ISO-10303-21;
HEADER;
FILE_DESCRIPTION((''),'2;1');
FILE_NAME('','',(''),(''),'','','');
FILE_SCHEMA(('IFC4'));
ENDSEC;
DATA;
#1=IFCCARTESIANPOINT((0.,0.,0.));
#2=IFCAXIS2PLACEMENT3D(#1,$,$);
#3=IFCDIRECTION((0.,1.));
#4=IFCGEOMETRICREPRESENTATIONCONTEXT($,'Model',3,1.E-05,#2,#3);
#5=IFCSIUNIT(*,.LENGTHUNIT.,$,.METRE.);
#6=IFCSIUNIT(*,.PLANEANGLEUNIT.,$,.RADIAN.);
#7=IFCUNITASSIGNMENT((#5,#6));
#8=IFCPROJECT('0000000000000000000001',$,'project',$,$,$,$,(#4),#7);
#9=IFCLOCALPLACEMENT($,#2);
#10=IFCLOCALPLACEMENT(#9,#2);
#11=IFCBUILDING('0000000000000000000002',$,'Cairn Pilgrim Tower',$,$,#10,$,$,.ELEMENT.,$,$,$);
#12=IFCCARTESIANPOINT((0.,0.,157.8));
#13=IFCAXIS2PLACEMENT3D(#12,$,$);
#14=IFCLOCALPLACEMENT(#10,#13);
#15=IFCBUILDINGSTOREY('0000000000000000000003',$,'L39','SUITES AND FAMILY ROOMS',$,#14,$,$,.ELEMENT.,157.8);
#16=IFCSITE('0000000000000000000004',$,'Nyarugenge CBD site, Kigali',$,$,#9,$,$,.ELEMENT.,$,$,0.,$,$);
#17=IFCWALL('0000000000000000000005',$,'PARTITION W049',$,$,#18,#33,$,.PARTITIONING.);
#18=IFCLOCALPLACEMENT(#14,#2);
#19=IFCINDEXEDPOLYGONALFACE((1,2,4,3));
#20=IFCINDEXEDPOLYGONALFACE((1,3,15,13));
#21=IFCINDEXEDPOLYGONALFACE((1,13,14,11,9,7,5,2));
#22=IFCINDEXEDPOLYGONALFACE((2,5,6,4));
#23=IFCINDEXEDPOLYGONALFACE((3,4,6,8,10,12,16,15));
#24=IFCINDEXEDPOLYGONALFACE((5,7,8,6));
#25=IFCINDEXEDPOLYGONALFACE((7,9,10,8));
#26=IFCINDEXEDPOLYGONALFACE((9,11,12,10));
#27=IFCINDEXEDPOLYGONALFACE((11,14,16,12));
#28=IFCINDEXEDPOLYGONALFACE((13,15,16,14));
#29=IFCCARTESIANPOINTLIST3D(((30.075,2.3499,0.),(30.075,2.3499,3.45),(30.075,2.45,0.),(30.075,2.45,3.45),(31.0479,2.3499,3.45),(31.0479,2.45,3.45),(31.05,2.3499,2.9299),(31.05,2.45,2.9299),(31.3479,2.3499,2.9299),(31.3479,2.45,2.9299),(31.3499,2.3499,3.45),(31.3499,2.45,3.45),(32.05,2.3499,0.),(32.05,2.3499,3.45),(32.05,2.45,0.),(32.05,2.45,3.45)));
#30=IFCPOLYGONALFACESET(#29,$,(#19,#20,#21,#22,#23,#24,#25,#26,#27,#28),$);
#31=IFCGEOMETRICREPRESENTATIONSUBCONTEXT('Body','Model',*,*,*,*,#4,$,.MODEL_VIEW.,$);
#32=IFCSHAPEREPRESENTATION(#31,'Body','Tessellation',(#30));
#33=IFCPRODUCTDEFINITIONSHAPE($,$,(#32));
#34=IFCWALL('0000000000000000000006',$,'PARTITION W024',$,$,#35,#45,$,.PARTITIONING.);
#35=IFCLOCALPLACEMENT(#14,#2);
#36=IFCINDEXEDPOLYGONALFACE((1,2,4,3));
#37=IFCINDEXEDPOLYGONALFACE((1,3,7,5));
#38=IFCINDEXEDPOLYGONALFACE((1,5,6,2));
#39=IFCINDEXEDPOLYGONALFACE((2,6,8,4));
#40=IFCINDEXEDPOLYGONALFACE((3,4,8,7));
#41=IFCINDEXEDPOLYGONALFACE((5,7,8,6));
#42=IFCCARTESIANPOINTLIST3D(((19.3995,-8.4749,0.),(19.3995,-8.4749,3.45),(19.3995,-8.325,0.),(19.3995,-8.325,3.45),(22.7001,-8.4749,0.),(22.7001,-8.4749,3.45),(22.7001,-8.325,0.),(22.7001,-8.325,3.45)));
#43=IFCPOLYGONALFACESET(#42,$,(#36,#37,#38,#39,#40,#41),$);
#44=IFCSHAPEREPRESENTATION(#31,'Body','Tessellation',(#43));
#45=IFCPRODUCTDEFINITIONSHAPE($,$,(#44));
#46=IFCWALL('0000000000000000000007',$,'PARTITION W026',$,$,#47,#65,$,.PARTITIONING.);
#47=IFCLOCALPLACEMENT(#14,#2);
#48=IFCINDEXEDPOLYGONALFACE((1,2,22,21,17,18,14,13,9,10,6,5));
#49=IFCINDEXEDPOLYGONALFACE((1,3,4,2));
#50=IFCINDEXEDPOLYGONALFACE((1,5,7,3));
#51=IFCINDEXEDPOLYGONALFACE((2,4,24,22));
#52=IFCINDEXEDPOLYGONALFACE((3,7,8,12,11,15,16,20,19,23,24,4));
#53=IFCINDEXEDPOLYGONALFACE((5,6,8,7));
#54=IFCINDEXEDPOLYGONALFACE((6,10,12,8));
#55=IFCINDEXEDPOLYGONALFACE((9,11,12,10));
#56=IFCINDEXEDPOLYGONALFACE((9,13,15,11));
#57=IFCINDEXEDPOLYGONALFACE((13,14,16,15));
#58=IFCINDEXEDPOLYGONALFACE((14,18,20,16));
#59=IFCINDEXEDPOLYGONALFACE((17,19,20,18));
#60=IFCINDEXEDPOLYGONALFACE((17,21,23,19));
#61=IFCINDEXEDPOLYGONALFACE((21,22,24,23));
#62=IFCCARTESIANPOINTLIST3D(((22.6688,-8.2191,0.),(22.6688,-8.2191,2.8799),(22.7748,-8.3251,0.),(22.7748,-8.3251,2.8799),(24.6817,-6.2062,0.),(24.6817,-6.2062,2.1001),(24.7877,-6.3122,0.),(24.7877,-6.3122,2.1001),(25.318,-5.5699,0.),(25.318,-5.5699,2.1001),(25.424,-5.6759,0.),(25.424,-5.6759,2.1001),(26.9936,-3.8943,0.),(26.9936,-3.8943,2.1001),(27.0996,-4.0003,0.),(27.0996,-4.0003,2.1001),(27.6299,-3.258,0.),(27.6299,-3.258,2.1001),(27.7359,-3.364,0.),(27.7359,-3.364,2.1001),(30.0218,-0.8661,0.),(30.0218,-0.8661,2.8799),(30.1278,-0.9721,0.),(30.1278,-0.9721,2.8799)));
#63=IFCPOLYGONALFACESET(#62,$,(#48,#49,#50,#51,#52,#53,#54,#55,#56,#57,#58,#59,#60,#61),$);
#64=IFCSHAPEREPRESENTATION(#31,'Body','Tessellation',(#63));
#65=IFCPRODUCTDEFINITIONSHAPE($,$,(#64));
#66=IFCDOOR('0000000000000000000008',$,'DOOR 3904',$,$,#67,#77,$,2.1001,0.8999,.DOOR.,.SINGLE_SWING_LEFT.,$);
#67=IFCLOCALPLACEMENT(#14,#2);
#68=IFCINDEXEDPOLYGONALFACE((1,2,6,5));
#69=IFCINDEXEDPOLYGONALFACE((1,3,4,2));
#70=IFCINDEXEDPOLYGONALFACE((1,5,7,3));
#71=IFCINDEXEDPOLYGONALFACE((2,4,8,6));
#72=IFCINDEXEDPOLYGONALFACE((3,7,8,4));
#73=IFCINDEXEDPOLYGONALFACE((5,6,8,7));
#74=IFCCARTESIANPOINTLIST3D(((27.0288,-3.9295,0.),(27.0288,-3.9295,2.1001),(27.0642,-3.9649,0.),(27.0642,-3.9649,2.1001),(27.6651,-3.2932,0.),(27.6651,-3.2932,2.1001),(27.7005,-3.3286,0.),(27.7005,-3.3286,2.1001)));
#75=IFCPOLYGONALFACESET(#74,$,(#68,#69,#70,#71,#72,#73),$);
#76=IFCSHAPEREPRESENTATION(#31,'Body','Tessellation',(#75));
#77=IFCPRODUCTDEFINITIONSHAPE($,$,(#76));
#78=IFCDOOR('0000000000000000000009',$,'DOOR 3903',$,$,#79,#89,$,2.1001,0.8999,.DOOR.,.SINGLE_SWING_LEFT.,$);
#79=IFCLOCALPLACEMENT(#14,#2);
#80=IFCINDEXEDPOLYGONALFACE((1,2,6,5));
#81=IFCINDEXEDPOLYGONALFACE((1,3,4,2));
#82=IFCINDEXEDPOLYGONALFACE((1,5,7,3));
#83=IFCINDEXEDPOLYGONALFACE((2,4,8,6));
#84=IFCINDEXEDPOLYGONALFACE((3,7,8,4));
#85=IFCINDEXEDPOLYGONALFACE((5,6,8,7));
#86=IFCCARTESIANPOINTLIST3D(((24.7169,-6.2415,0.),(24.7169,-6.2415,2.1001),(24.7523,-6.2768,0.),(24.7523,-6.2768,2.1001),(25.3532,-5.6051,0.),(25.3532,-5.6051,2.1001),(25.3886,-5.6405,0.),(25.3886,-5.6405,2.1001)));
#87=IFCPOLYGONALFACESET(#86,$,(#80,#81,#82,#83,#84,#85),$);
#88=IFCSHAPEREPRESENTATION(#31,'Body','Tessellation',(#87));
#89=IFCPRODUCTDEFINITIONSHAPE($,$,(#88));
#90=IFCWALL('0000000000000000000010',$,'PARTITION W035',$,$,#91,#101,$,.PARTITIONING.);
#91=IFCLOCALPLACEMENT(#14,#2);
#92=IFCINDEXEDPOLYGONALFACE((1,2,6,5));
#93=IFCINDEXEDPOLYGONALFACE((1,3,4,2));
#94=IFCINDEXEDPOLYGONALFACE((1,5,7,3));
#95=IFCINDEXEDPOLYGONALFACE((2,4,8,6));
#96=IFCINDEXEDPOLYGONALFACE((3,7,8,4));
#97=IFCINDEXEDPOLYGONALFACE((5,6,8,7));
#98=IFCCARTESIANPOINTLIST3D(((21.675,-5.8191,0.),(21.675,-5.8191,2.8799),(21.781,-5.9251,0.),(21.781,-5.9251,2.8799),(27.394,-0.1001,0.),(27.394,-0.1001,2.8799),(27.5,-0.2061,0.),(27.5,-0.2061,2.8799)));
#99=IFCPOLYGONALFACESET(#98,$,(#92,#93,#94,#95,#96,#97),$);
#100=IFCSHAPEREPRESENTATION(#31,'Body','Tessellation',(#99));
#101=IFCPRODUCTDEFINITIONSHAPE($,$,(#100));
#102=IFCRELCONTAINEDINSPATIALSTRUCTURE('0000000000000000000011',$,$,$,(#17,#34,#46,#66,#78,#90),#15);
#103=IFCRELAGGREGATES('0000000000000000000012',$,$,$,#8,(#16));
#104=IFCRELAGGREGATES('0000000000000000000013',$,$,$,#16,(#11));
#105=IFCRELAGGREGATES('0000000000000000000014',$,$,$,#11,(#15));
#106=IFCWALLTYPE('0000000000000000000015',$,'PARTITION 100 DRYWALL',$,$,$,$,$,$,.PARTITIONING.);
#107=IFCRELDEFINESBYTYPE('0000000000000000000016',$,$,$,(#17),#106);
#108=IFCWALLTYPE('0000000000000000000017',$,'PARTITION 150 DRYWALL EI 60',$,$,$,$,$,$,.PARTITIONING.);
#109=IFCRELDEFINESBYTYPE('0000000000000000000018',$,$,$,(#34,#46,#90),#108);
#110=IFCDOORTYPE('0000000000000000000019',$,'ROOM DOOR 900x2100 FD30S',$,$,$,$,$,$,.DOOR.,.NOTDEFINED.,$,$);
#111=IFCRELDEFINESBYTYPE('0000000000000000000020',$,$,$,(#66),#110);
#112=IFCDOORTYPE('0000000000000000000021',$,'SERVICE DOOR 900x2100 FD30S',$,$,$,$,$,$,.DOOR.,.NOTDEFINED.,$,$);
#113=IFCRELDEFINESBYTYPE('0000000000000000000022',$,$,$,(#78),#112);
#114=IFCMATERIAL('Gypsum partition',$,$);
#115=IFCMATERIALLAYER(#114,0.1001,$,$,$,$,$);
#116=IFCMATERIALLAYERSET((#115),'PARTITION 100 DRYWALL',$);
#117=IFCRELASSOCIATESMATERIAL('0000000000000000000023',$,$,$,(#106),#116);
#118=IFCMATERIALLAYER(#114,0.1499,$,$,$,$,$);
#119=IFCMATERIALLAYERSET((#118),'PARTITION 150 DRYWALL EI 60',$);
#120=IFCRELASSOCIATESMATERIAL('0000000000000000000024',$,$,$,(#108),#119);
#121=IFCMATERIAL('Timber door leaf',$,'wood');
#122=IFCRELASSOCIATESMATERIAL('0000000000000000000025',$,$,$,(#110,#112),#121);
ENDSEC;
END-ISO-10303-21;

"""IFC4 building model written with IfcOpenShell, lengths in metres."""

from ifc_helpers import new_model, si_unit, direction, frame, frame_2d, origin, place, context, subcontext, project, spatial, polyline, rectangle, outline, extrude, material, layer, layer_set, type_object, element, fill, save


model = new_model("IFC4")

# Units and contexts
model_context = context("Model", 3, precision=1e-05, world=origin(), true_north=direction((0.0, 1.0)))
body_context = subcontext(model_context, "Body", "Model", "MODEL_VIEW")
ifc_project = project(units=[si_unit("LENGTHUNIT", "METRE"), si_unit("PLANEANGLEUNIT", "RADIAN")], contexts=[model_context])

# Site, building, storey
site_placement = place(None, origin())
site = spatial("IfcSite", under=ifc_project, at=site_placement, Name="Nyarugenge CBD site, Kigali", CompositionType="ELEMENT", RefElevation=0.0)
building_placement = place(site_placement, origin())
building = spatial("IfcBuilding", under=site, at=building_placement, Name="Cairn Pilgrim Tower", CompositionType="ELEMENT")
storey_placement = place(building_placement, frame((0.0, 0.0, 157.8)))
storey = spatial("IfcBuildingStorey", under=building, at=storey_placement, Name="L39", Description="SUITES AND FAMILY ROOMS", CompositionType="ELEMENT", Elevation=157.8)

# Walls
ifc_material_1 = material(Name="Gypsum partition")
ifc_layer_1 = layer(ifc_material_1, 0.1001)
ifc_layer_set_1 = layer_set([ifc_layer_1], Name="PARTITION 100 DRYWALL")
wall_type_1 = type_object("IfcWallType", Name="PARTITION 100 DRYWALL", PredefinedType="PARTITIONING", material=ifc_layer_set_1)
wall_1_placement = place(storey_placement, frame((30.075, 2.3999, 0.0), z_axis=(0.0, 0.0, 1.0), x_axis=(1.0, 0.0, 0.0)))
element("IfcWall", 1, at=wall_1_placement, inside=storey, type_object=wall_type_1, Name="PARTITION W049", PredefinedType="PARTITIONING", context=body_context, shape_type="SweptSolid", body=[
    extrude(outline(polyline([(0.0, 0.0), (1.9751, 0.0), (1.9751, 3.45), (1.2749, 3.45), (1.2729, 2.9299), (0.9751, 2.9299), (0.9729, 3.45), (0.0, 3.45), (0.0, 0.0)])), frame((0.0, 0.05, 0.0), z_axis=(0.0, -1.0, 0.0), x_axis=(1.0, 0.0, 0.0)), (0.0, 0.0, 1.0), 0.1001),
])
ifc_layer_2 = layer(ifc_material_1, 0.1499)
ifc_layer_set_2 = layer_set([ifc_layer_2], Name="PARTITION 150 DRYWALL EI 60")
wall_type_2 = type_object("IfcWallType", Name="PARTITION 150 DRYWALL EI 60", PredefinedType="PARTITIONING", material=ifc_layer_set_2)
wall_2_placement = place(storey_placement, frame((19.3994, -8.3999, 0.0), z_axis=(0.0, 0.0, 1.0), x_axis=(1.0, 0.0, 0.0)))
element("IfcWall", 2, at=wall_2_placement, inside=storey, type_object=wall_type_2, Name="PARTITION W024", PredefinedType="PARTITIONING", context=body_context, shape_type="SweptSolid", body=[
    extrude(rectangle(XDim=3.3005, YDim=0.1499, at=frame_2d((1.6504, 0.0))), origin(), (0.0, 0.0, 1.0), 3.45),
])

# Wall, openings, doors
wall_3_placement = place(storey_placement, frame((22.7219, -8.272, 0.0), z_axis=(0.0, 0.0, 1.0), x_axis=(0.707107, 0.707107, 0.0)))
wall_3 = element("IfcWall", 3, at=wall_3_placement, inside=storey, type_object=wall_type_2, Name="PARTITION W026", PredefinedType="PARTITIONING", context=body_context, shape_type="SweptSolid", body=[
    extrude(rectangle(XDim=10.3987, YDim=0.1499, at=frame_2d((5.1992, 0.0))), origin(), (0.0, 0.0, 1.0), 2.8799),
])
opening_1_placement = place(wall_3_placement, frame((2.8464, 0.0, 0.0)))
opening_1 = element("IfcOpeningElement", 4, at=opening_1_placement, cuts=wall_3, PredefinedType="OPENING", context=body_context, shape_type="SweptSolid", body=[
    extrude(rectangle(XDim=0.8999, YDim=2.1001, at=frame_2d((0.45, 1.05))), frame((0.0, 0.085, 0.0), z_axis=(0.0, -1.0, 0.0), x_axis=(1.0, 0.0, 0.0)), (0.0, 0.0, 1.0), 0.1699),
])
opening_2_placement = place(wall_3_placement, frame((6.116, 0.0, 0.0)))
opening_2 = element("IfcOpeningElement", 5, at=opening_2_placement, cuts=wall_3, PredefinedType="OPENING", context=body_context, shape_type="SweptSolid", body=[
    extrude(rectangle(XDim=0.8999, YDim=2.1001, at=frame_2d((0.45, 1.05))), frame((0.0, 0.085, 0.0), z_axis=(0.0, -1.0, 0.0), x_axis=(1.0, 0.0, 0.0)), (0.0, 0.0, 1.0), 0.1699),
])
ifc_material_2 = material(Name="Timber door leaf", Category="wood")
door_type_1 = type_object("IfcDoorType", Name="ROOM DOOR 900x2100 FD30S", OperationType="NOTDEFINED", PredefinedType="DOOR", material=ifc_material_2)
door_1_placement = place(opening_2_placement, frame((0.8999, 0.0, 0.0), z_axis=(0.0, 0.0, 1.0), x_axis=(-1.0, 0.0, 0.0)))
door_1 = element("IfcDoor", 6, at=door_1_placement, inside=storey, type_object=door_type_1, Name="DOOR 3904", OperationType="SINGLE_SWING_LEFT", OverallHeight=2.1001, OverallWidth=0.8999, PredefinedType="DOOR", context=body_context, shape_type="SweptSolid", body=[
    extrude(rectangle(XDim=0.8999, YDim=2.1001, at=frame_2d((0.45, 1.05))), frame((0.0, 0.0249, 0.0), z_axis=(0.0, -1.0, 0.0), x_axis=(1.0, 0.0, 0.0)), (0.0, 0.0, 1.0), 0.05),
])
fill(opening_2, door_1)
door_type_2 = type_object("IfcDoorType", Name="SERVICE DOOR 900x2100 FD30S", OperationType="NOTDEFINED", PredefinedType="DOOR", material=ifc_material_2)
door_2_placement = place(opening_1_placement, frame((0.8999, 0.0, 0.0), z_axis=(0.0, 0.0, 1.0), x_axis=(-1.0, 0.0, 0.0)))
door_2 = element("IfcDoor", 7, at=door_2_placement, inside=storey, type_object=door_type_2, Name="DOOR 3903", OperationType="SINGLE_SWING_LEFT", OverallHeight=2.1001, OverallWidth=0.8999, PredefinedType="DOOR", context=body_context, shape_type="SweptSolid", body=[
    extrude(rectangle(XDim=0.8999, YDim=2.1001, at=frame_2d((0.45, 1.05))), frame((0.0, 0.0249, 0.0), z_axis=(0.0, -1.0, 0.0), x_axis=(1.0, 0.0, 0.0)), (0.0, 0.0, 1.0), 0.05),
])
fill(opening_1, door_2)

# Wall
wall_4_placement = place(storey_placement, frame((21.728, -5.8721, 0.0), z_axis=(0.0, 0.0, 1.0), x_axis=(0.707107, 0.707107, 0.0)))
element("IfcWall", 8, at=wall_4_placement, inside=storey, type_object=wall_type_2, Name="PARTITION W035", PredefinedType="PARTITIONING", context=body_context, shape_type="SweptSolid", body=[
    extrude(rectangle(XDim=8.0879, YDim=0.1499, at=frame_2d((4.0439, 0.0))), origin(), (0.0, 0.0, 1.0), 2.8799),
])

save(model, "model.ifc")
